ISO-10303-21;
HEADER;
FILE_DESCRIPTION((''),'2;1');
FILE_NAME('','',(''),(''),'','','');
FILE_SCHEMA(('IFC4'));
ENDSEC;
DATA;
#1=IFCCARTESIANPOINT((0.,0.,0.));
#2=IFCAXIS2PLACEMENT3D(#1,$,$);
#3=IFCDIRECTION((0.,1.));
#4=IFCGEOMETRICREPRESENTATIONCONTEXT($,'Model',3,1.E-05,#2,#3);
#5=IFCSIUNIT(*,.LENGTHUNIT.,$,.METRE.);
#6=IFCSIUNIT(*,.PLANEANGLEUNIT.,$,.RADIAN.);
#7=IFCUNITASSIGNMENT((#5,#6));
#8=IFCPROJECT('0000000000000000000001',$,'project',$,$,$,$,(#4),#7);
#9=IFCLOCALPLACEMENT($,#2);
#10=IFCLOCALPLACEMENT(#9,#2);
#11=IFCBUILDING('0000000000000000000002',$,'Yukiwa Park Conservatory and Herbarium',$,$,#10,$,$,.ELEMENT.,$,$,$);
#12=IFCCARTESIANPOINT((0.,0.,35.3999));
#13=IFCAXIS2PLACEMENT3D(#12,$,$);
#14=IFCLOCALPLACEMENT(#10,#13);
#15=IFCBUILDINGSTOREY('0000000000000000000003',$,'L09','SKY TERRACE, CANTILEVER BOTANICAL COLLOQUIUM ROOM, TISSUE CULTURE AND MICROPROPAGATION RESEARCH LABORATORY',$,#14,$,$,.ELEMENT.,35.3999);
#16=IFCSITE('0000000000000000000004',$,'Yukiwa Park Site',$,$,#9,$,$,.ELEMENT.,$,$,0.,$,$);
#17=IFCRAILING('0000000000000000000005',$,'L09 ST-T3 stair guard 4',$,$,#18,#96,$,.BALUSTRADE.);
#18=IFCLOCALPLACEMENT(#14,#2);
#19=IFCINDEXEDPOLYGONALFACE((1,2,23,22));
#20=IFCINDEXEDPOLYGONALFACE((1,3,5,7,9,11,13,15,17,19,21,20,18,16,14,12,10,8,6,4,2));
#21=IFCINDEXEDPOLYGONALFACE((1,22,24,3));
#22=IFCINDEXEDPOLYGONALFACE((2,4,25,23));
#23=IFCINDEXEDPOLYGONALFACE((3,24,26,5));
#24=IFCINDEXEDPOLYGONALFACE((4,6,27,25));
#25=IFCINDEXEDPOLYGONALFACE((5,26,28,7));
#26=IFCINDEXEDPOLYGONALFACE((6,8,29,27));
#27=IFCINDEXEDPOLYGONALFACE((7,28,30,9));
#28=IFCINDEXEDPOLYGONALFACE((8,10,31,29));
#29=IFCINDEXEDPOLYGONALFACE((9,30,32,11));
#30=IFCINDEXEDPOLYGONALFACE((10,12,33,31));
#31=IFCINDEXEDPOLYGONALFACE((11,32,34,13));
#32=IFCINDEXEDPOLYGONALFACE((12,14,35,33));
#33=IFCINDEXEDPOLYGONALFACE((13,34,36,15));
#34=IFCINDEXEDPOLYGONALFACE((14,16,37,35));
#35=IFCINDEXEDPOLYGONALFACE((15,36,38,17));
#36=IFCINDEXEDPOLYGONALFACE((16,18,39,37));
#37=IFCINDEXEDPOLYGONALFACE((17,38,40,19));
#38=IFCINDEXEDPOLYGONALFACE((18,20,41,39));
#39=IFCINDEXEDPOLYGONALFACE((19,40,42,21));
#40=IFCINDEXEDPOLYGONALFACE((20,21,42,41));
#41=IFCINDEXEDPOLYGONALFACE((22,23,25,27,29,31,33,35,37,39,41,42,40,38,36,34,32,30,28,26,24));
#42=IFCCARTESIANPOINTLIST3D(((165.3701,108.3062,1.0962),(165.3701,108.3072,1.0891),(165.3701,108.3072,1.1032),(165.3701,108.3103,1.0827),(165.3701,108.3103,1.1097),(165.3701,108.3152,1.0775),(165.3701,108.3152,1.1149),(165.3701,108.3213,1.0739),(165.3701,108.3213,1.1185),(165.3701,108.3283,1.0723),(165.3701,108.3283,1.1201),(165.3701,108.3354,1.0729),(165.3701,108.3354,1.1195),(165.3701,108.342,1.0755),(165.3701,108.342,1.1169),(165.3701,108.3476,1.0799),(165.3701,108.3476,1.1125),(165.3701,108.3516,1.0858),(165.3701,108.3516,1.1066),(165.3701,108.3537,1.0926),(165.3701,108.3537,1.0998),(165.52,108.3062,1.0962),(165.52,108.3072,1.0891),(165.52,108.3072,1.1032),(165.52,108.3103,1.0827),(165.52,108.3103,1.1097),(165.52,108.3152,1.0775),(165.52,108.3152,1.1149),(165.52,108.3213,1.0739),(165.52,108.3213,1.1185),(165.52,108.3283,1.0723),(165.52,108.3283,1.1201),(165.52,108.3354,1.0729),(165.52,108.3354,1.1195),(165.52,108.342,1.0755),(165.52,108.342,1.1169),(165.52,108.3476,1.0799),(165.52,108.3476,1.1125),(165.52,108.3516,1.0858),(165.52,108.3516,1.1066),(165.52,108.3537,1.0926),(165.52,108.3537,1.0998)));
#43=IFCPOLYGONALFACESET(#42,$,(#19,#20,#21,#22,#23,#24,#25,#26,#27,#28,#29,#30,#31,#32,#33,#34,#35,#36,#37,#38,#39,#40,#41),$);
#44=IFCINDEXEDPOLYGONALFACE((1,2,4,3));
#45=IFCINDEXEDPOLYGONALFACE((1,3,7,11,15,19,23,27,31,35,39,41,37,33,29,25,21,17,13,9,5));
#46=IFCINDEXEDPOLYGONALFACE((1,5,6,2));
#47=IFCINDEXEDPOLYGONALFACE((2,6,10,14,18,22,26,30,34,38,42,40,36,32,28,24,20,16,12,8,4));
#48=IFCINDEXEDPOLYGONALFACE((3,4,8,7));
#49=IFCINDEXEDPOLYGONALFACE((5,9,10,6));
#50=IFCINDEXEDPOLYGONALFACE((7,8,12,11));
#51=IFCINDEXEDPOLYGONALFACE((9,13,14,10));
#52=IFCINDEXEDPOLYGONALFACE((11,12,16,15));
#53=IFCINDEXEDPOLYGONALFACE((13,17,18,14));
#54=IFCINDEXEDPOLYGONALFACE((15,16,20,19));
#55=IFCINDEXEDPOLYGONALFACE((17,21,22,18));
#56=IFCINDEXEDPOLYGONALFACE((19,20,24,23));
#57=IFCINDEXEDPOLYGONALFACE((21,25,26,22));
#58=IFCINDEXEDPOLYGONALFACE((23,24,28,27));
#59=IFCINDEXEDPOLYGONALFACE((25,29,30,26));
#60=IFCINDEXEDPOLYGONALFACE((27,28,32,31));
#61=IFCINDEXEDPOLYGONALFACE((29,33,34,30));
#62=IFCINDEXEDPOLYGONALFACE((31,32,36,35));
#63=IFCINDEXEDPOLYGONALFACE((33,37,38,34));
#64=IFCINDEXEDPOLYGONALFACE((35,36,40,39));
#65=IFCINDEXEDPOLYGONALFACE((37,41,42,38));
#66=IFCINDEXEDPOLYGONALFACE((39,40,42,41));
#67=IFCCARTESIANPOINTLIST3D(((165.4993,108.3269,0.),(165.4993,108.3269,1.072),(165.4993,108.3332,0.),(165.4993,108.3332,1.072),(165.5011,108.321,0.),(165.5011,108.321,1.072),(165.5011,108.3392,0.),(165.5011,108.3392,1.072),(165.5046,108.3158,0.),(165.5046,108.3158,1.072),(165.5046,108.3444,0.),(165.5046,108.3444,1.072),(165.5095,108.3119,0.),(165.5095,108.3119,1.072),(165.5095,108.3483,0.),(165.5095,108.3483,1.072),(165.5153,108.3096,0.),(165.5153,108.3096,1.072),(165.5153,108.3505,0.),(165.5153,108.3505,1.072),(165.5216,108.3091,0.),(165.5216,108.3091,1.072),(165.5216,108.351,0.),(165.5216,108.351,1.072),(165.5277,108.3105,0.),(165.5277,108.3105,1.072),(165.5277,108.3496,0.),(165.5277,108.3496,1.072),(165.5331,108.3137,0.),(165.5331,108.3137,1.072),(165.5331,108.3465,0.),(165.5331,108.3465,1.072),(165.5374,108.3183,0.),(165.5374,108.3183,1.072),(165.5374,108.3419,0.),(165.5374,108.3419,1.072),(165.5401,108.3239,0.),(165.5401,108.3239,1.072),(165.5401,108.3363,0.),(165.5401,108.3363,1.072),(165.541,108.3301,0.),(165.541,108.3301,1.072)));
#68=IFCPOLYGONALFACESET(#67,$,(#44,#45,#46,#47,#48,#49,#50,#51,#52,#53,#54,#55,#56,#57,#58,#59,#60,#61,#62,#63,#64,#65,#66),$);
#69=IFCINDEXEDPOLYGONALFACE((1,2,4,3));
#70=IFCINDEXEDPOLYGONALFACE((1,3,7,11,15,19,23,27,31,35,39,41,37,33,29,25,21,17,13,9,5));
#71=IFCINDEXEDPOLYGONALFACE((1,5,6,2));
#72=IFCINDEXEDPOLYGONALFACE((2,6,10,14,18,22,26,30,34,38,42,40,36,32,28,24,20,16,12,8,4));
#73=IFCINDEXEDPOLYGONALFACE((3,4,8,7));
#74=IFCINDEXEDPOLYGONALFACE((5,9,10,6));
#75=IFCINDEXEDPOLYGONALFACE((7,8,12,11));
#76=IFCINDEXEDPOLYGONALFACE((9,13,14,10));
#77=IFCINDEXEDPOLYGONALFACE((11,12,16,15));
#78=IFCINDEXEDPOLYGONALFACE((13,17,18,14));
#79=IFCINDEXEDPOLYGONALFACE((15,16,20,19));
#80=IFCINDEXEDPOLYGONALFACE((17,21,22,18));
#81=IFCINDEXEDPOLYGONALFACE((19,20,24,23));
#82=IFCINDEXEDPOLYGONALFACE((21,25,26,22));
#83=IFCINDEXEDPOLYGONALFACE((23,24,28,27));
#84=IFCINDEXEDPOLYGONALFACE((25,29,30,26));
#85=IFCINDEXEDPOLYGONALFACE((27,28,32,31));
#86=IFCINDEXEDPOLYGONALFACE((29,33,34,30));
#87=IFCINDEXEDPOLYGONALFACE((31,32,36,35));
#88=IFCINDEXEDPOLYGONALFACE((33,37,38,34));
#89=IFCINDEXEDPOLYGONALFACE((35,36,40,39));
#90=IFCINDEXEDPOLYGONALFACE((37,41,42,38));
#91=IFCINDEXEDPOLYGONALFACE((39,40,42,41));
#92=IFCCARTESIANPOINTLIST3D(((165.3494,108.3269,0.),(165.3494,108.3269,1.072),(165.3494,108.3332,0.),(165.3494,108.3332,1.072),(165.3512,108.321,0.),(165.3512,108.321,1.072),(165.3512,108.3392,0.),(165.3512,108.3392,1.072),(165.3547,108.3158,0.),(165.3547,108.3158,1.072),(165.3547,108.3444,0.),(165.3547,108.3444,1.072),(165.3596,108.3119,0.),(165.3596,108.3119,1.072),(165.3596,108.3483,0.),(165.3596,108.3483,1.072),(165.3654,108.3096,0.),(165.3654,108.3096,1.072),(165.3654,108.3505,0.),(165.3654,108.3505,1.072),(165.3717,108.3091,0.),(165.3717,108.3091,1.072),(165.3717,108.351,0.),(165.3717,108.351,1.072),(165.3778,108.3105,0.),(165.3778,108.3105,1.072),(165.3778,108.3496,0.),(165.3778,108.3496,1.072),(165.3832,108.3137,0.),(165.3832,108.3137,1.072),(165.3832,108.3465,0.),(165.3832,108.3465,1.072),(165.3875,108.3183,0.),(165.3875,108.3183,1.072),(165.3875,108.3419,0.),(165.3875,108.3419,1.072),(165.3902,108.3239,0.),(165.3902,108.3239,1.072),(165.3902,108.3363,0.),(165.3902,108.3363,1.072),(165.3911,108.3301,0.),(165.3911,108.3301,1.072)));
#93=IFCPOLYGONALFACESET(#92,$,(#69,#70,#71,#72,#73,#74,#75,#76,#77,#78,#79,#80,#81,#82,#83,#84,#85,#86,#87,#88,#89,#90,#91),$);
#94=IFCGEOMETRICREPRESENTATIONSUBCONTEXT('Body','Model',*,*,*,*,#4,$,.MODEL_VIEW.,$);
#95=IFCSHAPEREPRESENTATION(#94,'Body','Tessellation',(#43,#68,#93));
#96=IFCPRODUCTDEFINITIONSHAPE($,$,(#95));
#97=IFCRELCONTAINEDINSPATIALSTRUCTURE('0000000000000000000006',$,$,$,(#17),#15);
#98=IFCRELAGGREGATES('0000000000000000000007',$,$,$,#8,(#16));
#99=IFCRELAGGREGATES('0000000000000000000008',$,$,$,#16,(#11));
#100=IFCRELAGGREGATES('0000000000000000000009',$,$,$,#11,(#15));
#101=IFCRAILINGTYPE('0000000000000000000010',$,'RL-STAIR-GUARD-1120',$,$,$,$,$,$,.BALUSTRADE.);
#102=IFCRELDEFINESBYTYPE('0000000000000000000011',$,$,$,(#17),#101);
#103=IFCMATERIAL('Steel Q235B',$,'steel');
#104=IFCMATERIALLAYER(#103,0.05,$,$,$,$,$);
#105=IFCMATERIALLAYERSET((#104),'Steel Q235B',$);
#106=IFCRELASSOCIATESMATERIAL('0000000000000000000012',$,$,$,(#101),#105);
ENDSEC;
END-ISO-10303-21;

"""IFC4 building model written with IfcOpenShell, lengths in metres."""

from ifc_helpers import new_model, si_unit, direction, frame, origin, origin_2d, place, context, subcontext, project, spatial, circle, extrude, material, layer, layer_set, type_object, element, save


model = new_model("IFC4")

# Units and contexts
model_context = context("Model", 3, precision=1e-05, world=origin(), true_north=direction((0.0, 1.0)))
body_context = subcontext(model_context, "Body", "Model", "MODEL_VIEW")
ifc_project = project(units=[si_unit("LENGTHUNIT", "METRE"), si_unit("PLANEANGLEUNIT", "RADIAN")], contexts=[model_context])

# Site, building, storey
site_placement = place(None, origin())
site = spatial("IfcSite", under=ifc_project, at=site_placement, Name="Yukiwa Park Site", CompositionType="ELEMENT", RefElevation=0.0)
building_placement = place(site_placement, origin())
building = spatial("IfcBuilding", under=site, at=building_placement, Name="Yukiwa Park Conservatory and Herbarium", CompositionType="ELEMENT")
storey_placement = place(building_placement, frame((0.0, 0.0, 35.3999)))
storey = spatial("IfcBuildingStorey", under=building, at=storey_placement, Name="L09", Description="SKY TERRACE, CANTILEVER BOTANICAL COLLOQUIUM ROOM, TISSUE CULTURE AND MICROPROPAGATION RESEARCH LABORATORY", CompositionType="ELEMENT", Elevation=35.3999)

# Railing
ifc_material_1 = material(Name="Steel Q235B", Category="steel")
ifc_layer_1 = layer(ifc_material_1, 0.05)
ifc_layer_set_1 = layer_set([ifc_layer_1], Name="Steel Q235B")
railing_type_1 = type_object("IfcRailingType", Name="RL-STAIR-GUARD-1120", PredefinedType="BALUSTRADE", material=ifc_layer_set_1)
railing_1_placement = place(storey_placement, frame((165.52, 108.3301, 0.0)))
element("IfcRailing", 1, at=railing_1_placement, inside=storey, type_object=railing_type_1, Name="L09 ST-T3 stair guard 4", PredefinedType="BALUSTRADE", context=body_context, shape_type="SweptSolid", body=[
    extrude(circle(Radius=0.0239, at=origin_2d()), frame((0.0, 0.0, 1.0962), z_axis=(-1.0, 0.0, 0.0), x_axis=(0.0, -1.0, 0.0)), (0.0, 0.0, 1.0), 0.1499),
    extrude(circle(Radius=0.021, at=origin_2d()), origin(), (0.0, 0.0, 1.0), 1.072),
    extrude(circle(Radius=0.021, at=origin_2d()), frame((-0.1499, 0.0, 0.0)), (0.0, 0.0, 1.0), 1.072),
])

save(model, "model.ifc")
